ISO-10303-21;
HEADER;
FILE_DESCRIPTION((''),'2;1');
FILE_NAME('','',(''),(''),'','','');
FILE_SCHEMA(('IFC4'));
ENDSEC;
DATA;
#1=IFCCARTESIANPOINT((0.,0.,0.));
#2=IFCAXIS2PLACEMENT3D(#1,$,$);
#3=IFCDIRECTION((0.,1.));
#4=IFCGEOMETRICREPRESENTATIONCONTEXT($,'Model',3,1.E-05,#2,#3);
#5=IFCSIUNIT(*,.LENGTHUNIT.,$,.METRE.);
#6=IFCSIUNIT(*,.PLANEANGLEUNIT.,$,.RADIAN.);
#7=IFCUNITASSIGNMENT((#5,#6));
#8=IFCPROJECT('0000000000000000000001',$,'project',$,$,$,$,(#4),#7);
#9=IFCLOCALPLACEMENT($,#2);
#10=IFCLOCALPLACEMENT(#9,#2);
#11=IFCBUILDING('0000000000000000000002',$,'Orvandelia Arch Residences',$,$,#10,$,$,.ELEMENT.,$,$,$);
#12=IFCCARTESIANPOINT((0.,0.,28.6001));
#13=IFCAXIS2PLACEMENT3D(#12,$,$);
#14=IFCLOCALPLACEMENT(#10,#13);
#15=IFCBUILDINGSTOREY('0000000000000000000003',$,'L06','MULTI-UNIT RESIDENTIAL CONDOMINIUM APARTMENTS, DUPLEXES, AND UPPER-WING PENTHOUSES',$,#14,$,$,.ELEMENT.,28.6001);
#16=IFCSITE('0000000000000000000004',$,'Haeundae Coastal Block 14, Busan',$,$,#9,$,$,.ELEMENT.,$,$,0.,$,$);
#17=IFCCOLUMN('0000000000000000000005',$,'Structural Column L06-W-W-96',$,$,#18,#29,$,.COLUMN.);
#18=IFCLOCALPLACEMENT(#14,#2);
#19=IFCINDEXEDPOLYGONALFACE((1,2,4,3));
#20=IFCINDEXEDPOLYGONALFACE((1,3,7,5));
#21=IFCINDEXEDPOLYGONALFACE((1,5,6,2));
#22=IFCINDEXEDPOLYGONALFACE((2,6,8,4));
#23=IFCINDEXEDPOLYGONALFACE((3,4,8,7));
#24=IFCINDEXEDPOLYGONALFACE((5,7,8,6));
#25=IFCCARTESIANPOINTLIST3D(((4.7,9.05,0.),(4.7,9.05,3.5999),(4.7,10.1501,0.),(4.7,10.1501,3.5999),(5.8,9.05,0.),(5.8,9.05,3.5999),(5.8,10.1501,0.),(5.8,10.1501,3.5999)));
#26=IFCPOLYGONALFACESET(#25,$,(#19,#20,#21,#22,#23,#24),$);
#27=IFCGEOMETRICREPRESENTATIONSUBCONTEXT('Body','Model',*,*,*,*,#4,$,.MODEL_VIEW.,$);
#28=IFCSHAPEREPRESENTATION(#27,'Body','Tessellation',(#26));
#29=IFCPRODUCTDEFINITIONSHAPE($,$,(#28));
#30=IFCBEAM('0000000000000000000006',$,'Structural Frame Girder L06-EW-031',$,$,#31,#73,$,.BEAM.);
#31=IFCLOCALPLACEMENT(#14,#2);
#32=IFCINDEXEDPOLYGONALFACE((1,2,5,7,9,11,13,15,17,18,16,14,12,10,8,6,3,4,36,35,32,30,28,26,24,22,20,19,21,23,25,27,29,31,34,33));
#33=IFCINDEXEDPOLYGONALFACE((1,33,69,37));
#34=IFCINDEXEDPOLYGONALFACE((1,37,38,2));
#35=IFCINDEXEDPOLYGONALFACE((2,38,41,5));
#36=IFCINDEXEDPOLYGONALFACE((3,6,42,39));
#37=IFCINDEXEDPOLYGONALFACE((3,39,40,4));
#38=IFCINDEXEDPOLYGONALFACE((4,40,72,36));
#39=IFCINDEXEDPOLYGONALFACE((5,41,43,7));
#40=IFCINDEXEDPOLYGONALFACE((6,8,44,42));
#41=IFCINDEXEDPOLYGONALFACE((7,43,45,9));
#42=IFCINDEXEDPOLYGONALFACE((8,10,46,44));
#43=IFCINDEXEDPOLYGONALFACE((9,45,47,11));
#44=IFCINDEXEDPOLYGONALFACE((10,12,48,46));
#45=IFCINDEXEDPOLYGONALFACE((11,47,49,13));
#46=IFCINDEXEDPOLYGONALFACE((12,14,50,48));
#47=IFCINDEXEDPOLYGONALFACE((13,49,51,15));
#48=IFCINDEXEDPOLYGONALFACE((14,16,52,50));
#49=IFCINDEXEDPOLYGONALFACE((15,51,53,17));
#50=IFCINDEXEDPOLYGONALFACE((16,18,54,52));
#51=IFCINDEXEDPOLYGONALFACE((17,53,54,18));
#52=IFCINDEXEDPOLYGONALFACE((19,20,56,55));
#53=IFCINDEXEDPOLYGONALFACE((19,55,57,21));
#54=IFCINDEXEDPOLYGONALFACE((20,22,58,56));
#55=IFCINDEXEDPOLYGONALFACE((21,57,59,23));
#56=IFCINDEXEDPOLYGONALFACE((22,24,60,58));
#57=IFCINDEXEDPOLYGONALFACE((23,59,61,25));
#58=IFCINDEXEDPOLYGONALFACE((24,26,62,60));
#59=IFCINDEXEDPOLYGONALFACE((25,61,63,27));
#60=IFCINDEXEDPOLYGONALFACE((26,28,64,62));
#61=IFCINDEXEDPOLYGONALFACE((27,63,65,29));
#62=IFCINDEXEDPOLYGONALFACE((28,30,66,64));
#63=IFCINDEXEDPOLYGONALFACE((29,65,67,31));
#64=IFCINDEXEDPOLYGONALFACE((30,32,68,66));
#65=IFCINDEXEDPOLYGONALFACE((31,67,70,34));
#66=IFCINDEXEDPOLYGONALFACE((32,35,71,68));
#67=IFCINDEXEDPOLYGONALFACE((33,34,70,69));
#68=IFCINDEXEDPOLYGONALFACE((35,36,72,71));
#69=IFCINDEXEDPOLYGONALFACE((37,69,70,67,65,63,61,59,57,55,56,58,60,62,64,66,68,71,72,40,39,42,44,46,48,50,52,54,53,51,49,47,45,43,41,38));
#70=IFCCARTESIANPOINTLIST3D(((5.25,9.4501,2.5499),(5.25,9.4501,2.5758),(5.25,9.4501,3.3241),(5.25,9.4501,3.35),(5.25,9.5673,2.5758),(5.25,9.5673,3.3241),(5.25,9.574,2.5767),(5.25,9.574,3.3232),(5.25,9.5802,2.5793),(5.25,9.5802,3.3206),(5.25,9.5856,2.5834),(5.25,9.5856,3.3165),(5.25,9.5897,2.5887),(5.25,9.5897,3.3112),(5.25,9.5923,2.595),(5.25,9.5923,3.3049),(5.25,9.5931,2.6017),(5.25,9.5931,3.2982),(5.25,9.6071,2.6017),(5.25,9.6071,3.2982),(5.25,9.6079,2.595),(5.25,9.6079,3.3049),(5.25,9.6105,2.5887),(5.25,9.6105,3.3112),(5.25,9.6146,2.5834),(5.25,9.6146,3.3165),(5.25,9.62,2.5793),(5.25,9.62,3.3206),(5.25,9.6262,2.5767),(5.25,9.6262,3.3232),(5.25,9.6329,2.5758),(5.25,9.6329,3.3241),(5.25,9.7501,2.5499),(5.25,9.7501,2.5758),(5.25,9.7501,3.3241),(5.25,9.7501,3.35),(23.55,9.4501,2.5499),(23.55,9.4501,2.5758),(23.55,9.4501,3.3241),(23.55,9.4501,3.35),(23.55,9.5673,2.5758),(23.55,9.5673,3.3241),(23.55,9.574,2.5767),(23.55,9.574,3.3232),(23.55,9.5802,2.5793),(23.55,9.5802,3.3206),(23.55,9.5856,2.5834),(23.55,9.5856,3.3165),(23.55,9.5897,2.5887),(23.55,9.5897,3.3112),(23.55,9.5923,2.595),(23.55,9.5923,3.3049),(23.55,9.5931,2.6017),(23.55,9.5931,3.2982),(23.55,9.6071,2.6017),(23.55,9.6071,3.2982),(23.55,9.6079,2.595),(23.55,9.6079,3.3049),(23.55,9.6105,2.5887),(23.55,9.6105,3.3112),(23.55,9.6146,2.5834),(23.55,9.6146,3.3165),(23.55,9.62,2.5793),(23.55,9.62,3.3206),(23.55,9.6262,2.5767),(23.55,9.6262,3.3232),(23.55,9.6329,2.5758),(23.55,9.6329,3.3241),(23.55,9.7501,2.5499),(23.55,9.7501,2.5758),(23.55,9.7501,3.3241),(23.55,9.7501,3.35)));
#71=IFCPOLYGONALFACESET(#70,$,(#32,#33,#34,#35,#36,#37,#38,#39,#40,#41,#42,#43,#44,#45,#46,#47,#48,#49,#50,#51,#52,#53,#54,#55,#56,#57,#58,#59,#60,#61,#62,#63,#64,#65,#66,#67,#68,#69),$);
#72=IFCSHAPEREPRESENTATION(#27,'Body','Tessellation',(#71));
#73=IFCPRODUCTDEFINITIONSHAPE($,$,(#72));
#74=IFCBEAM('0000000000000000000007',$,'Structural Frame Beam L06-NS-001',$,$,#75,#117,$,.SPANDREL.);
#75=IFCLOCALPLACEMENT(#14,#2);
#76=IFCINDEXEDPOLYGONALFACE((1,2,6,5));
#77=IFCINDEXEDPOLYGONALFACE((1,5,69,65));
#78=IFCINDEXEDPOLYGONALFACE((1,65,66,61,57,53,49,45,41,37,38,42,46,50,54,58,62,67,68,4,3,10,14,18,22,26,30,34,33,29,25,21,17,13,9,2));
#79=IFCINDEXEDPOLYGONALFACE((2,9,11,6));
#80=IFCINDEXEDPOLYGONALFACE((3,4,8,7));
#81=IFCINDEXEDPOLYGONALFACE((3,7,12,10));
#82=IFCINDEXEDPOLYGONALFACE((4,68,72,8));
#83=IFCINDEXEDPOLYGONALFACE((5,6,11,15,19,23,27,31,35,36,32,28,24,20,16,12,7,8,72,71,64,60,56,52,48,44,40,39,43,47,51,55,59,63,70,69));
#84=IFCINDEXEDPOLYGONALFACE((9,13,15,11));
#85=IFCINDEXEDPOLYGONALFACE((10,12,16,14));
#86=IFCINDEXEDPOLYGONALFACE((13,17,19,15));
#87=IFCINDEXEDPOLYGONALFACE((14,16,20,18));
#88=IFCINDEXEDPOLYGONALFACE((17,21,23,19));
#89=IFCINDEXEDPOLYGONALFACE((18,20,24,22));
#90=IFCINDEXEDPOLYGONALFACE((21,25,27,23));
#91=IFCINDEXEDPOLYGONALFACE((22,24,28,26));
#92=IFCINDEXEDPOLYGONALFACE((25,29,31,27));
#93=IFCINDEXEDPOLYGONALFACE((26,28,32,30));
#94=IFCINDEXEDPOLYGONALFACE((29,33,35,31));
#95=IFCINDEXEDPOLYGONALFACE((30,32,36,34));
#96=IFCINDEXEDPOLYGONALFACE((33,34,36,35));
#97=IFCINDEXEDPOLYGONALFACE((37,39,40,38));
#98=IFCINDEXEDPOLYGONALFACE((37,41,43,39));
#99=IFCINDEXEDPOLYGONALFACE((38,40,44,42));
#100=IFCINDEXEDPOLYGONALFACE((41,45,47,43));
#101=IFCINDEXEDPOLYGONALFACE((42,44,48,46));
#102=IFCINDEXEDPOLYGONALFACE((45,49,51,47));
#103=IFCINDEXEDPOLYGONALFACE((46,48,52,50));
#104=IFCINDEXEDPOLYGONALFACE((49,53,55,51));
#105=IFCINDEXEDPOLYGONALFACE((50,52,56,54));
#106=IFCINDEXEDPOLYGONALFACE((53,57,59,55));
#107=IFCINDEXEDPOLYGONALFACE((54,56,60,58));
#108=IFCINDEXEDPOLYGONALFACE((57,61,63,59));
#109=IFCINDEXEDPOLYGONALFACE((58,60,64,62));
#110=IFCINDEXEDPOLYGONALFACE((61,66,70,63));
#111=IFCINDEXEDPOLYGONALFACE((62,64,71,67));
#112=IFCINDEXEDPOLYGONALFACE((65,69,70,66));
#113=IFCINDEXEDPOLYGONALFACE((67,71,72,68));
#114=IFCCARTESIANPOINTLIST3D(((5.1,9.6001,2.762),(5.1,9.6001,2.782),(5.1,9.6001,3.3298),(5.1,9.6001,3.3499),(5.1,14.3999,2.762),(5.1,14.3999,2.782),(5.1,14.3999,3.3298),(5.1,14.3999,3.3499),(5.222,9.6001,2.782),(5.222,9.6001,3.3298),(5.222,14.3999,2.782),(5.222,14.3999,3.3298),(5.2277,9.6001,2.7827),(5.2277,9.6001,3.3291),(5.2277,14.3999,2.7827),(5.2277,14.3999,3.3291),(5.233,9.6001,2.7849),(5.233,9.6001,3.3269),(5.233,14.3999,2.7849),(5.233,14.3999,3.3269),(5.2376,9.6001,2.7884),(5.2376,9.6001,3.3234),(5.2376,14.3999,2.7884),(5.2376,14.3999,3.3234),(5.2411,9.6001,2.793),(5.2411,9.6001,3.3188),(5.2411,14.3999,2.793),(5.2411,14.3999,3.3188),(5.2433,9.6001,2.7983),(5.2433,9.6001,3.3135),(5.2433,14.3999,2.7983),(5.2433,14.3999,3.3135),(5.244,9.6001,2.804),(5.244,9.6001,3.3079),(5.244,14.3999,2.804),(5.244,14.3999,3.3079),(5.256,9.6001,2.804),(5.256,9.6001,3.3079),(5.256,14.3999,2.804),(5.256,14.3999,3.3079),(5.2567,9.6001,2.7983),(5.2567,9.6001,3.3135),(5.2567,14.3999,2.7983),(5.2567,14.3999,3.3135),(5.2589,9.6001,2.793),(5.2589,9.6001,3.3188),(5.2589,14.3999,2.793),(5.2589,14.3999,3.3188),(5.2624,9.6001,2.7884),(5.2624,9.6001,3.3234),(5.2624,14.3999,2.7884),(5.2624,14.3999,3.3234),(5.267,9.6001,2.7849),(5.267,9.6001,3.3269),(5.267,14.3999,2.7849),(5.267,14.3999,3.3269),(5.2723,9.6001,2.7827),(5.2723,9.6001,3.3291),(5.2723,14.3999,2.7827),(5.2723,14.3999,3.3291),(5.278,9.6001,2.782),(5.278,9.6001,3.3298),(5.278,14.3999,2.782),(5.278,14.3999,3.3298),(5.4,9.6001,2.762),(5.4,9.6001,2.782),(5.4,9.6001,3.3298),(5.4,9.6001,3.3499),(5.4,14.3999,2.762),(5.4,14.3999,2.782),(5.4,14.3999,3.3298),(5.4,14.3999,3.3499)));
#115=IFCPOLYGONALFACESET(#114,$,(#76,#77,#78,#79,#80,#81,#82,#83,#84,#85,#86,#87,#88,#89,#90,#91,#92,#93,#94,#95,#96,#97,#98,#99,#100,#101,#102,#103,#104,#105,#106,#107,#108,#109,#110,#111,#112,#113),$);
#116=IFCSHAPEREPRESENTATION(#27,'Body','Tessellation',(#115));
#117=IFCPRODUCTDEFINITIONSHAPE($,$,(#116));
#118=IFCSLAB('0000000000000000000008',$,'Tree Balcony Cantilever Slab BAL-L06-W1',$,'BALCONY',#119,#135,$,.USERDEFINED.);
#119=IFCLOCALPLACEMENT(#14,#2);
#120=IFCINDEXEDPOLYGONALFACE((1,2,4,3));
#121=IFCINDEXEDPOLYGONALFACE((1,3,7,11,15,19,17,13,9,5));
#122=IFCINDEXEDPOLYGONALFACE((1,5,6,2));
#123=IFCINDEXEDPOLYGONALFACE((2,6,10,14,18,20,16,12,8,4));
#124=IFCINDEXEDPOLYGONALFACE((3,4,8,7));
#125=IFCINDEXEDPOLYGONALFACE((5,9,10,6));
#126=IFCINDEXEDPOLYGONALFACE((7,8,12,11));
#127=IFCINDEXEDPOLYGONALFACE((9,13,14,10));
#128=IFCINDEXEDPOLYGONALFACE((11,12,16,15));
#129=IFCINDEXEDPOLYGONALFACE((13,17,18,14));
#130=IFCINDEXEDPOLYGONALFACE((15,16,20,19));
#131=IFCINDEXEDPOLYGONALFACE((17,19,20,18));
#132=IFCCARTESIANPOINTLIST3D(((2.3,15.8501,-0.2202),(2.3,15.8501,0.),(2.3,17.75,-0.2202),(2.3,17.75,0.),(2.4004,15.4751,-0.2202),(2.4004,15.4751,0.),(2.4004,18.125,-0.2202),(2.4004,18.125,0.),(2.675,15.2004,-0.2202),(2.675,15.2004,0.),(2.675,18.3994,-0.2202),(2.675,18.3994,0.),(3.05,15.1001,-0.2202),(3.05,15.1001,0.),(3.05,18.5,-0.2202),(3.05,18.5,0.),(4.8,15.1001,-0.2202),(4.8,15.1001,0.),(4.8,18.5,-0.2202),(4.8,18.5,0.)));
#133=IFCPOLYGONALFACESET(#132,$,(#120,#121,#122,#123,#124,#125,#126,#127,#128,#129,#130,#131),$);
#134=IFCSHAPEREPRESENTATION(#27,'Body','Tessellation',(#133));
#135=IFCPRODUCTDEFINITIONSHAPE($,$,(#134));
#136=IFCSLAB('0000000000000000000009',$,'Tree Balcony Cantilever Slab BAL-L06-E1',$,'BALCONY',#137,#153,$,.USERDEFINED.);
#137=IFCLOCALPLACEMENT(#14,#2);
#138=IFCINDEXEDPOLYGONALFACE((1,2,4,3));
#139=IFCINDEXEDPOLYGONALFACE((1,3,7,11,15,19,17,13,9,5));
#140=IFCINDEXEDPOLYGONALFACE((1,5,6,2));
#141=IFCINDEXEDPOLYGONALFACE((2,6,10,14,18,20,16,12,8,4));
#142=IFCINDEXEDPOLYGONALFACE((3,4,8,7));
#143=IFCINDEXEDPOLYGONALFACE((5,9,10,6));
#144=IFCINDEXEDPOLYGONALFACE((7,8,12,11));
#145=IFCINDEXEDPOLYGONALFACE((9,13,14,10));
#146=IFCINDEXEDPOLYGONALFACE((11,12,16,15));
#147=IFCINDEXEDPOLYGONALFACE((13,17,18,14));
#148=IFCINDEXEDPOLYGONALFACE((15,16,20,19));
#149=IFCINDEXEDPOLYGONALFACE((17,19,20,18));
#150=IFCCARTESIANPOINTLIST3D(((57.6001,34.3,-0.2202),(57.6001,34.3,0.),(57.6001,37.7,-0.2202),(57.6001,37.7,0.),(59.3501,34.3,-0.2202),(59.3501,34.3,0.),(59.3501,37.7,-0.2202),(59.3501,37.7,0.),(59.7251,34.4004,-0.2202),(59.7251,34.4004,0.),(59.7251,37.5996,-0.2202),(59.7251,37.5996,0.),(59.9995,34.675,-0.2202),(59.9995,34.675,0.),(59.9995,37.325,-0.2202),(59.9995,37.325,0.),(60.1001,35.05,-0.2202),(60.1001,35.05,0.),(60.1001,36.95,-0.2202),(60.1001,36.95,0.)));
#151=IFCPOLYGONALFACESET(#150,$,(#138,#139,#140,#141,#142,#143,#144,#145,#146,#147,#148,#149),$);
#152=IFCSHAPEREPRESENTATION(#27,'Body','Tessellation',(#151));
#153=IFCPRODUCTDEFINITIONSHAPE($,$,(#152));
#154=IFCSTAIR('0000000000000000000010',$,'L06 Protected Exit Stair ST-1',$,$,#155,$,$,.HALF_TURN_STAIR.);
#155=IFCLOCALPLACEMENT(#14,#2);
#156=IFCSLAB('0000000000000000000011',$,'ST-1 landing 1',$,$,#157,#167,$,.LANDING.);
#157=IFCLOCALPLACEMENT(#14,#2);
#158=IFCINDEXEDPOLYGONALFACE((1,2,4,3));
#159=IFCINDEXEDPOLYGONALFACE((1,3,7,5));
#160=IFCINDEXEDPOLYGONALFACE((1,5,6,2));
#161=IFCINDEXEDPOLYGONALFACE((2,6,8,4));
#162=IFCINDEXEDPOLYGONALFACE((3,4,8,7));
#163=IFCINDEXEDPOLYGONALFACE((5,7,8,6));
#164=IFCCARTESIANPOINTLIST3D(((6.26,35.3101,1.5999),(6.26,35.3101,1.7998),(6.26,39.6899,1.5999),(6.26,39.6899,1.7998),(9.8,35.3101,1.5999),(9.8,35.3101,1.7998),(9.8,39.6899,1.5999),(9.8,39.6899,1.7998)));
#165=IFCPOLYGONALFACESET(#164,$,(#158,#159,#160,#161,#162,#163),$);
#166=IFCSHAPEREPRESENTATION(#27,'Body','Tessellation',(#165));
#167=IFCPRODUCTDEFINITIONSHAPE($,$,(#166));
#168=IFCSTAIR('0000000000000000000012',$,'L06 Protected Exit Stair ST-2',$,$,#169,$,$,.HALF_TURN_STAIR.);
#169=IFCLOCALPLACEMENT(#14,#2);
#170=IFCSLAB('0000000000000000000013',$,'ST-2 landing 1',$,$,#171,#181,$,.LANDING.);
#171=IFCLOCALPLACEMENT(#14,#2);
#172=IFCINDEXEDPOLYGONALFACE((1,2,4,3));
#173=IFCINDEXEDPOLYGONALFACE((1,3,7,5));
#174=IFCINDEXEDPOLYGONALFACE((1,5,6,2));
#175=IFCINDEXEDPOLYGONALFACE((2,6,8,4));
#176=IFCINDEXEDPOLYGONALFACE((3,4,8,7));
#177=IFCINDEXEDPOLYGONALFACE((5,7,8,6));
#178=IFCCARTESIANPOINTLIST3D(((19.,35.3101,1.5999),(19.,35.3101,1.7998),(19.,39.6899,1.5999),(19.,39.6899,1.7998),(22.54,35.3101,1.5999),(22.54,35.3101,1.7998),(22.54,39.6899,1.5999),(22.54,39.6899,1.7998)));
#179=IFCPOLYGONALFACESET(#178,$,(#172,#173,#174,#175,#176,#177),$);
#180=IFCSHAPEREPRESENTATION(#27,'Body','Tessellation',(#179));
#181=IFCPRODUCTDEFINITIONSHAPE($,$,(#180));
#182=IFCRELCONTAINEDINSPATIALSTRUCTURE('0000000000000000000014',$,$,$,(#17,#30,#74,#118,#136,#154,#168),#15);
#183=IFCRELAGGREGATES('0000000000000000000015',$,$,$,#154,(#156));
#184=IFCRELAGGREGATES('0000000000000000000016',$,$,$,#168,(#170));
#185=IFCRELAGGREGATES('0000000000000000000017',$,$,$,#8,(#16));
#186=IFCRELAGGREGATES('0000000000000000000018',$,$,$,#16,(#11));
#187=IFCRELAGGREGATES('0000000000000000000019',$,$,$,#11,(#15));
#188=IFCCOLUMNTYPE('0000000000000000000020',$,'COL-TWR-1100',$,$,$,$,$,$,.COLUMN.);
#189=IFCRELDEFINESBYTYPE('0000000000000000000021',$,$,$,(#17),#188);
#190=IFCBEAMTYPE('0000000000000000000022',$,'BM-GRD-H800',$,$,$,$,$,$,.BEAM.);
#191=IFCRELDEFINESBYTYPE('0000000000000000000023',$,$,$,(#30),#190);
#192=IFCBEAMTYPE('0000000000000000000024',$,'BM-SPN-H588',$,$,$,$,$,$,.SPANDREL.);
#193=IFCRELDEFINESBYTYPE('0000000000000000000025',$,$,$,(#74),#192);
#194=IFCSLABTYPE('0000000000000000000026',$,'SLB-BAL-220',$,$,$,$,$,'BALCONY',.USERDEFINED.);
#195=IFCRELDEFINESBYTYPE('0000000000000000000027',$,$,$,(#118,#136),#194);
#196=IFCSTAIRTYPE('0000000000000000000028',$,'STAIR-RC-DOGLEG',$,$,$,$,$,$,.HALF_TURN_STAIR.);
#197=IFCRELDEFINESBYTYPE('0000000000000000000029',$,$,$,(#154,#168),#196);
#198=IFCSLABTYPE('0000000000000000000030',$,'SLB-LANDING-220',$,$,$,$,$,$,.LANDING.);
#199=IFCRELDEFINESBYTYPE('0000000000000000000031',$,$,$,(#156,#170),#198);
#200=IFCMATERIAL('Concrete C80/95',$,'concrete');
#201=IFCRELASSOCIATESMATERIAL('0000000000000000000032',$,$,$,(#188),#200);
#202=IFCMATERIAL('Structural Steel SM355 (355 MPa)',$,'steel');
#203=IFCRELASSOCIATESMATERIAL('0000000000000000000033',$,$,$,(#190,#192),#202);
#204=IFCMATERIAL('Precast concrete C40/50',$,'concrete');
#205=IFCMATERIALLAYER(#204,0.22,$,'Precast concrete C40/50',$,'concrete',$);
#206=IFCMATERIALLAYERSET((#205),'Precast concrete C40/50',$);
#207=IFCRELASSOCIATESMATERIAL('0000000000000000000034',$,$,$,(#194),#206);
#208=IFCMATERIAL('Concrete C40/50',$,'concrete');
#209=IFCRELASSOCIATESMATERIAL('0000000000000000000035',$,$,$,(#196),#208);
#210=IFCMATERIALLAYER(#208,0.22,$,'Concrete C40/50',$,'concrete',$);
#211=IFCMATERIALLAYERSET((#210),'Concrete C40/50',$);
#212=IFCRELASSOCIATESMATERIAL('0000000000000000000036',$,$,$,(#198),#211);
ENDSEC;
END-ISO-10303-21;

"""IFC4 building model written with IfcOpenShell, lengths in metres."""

from ifc_helpers import new_model, si_unit, direction, frame, origin, origin_2d, place, context, subcontext, project, spatial, polyline, rectangle, i_section, outline, extrude, material, layer, layer_set, material_profile, profile_set, type_object, element, aggregate, save


model = new_model("IFC4")

# Units and contexts
model_context = context("Model", 3, precision=1e-05, world=origin(), true_north=direction((0.0, 1.0)))
body_context = subcontext(model_context, "Body", "Model", "MODEL_VIEW")
ifc_project = project(units=[si_unit("LENGTHUNIT", "METRE"), si_unit("PLANEANGLEUNIT", "RADIAN")], contexts=[model_context])

# Site, building, storey
site_placement = place(None, origin())
site = spatial("IfcSite", under=ifc_project, at=site_placement, Name="Haeundae Coastal Block 14, Busan", CompositionType="ELEMENT", RefElevation=0.0)
building_placement = place(site_placement, origin())
building = spatial("IfcBuilding", under=site, at=building_placement, Name="Orvandelia Arch Residences", CompositionType="ELEMENT")
storey_placement = place(building_placement, frame((0.0, 0.0, 28.6001)))
storey = spatial("IfcBuildingStorey", under=building, at=storey_placement, Name="L06", Description="MULTI-UNIT RESIDENTIAL CONDOMINIUM APARTMENTS, DUPLEXES, AND UPPER-WING PENTHOUSES", CompositionType="ELEMENT", Elevation=28.6001)

# Column
ifc_material_1 = material(Name="Concrete C80/95", Category="concrete")
ifc_material_profile_1 = material_profile(ifc_material_1, rectangle(XDim=1.1001, YDim=1.1001, at=origin_2d()), Name="Concrete C80/95", Category="concrete")
ifc_profile_set_1 = profile_set([ifc_material_profile_1], Name="Concrete C80/95")
column_type = type_object("IfcColumnType", Name="COL-TWR-1100", PredefinedType="COLUMN", material=ifc_profile_set_1)
column_placement = place(storey_placement, frame((5.25, 9.6001, 0.0), z_axis=(0.0, 0.0, 1.0), x_axis=(1.0, 0.0, 0.0)))
element("IfcColumn", 1, at=column_placement, inside=storey, type_object=column_type, Name="Structural Column L06-W-W-96", PredefinedType="COLUMN", context=body_context, shape_type="SweptSolid", body=[
    extrude(rectangle(XDim=1.1001, YDim=1.1001, at=origin_2d()), origin(), (0.0, 0.0, 1.0), 3.5999),
])

# Beams
ifc_material_2 = material(Name="Structural Steel SM355 (355 MPa)", Category="steel")
ifc_material_profile_2 = material_profile(ifc_material_2, i_section(OverallWidth=0.3, OverallDepth=0.8, WebThickness=0.0139, FlangeThickness=0.0259, FilletRadius=0.0259, at=origin_2d()), Name="Structural Steel SM355 (355 MPa)", Category="steel")
ifc_profile_set_2 = profile_set([ifc_material_profile_2], Name="Structural Steel SM355 (355 MPa)")
beam_type_1 = type_object("IfcBeamType", Name="BM-GRD-H800", PredefinedType="BEAM", material=ifc_profile_set_2)
beam_1_placement = place(storey_placement, frame((5.25, 9.6001, 2.95), z_axis=(1.0, 0.0, 0.0), x_axis=(0.0, 1.0, 0.0)))
element("IfcBeam", 2, at=beam_1_placement, inside=storey, type_object=beam_type_1, Name="Structural Frame Girder L06-EW-031", PredefinedType="BEAM", context=body_context, shape_type="SweptSolid", body=[
    extrude(i_section(OverallWidth=0.3, OverallDepth=0.8, WebThickness=0.0139, FlangeThickness=0.0259, FilletRadius=0.0259, at=origin_2d()), origin(), (0.0, 0.0, 1.0), 18.3),
])
ifc_material_profile_3 = material_profile(ifc_material_2, i_section(OverallWidth=0.3, OverallDepth=0.5879, WebThickness=0.012, FlangeThickness=0.02, FilletRadius=0.022, at=origin_2d()), Name="Structural Steel SM355 (355 MPa)", Category="steel")
ifc_profile_set_3 = profile_set([ifc_material_profile_3], Name="Structural Steel SM355 (355 MPa)")
beam_type_2 = type_object("IfcBeamType", Name="BM-SPN-H588", PredefinedType="SPANDREL", material=ifc_profile_set_3)
beam_2_placement = place(storey_placement, frame((5.25, 9.6001, 3.0559), z_axis=(0.0, 1.0, 0.0), x_axis=(-1.0, 0.0, 0.0)))
element("IfcBeam", 3, at=beam_2_placement, inside=storey, type_object=beam_type_2, Name="Structural Frame Beam L06-NS-001", PredefinedType="SPANDREL", context=body_context, shape_type="SweptSolid", body=[
    extrude(i_section(OverallWidth=0.3, OverallDepth=0.5879, WebThickness=0.012, FlangeThickness=0.02, FilletRadius=0.022, at=origin_2d()), origin(), (0.0, 0.0, 1.0), 4.7998),
])

# Slabs
ifc_material_3 = material(Name="Precast concrete C40/50", Category="concrete")
ifc_layer_1 = layer(ifc_material_3, 0.22, Name="Precast concrete C40/50", Category="concrete")
ifc_layer_set_1 = layer_set([ifc_layer_1], Name="Precast concrete C40/50")
slab_type_1 = type_object("IfcSlabType", Name="SLB-BAL-220", ElementType="BALCONY", PredefinedType="USERDEFINED", material=ifc_layer_set_1)
slab_1_placement = place(storey_placement, frame((0.0, 0.0, -0.2202)))
element("IfcSlab", 4, at=slab_1_placement, inside=storey, type_object=slab_type_1, Name="Tree Balcony Cantilever Slab BAL-L06-W1", ObjectType="BALCONY", PredefinedType="USERDEFINED", context=body_context, shape_type="SweptSolid", body=[
    extrude(outline(polyline([(4.8, 15.1001), (4.8, 18.5), (3.05, 18.5), (2.675, 18.3994), (2.4004, 18.125), (2.3, 17.75), (2.3, 15.8501), (2.4004, 15.4751), (2.675, 15.2004), (3.05, 15.1001), (4.8, 15.1001)])), origin(), (0.0, 0.0, 1.0), 0.2202),
])
slab_2_placement = place(storey_placement, frame((0.0, 0.0, -0.2202)))
element("IfcSlab", 5, at=slab_2_placement, inside=storey, type_object=slab_type_1, Name="Tree Balcony Cantilever Slab BAL-L06-E1", ObjectType="BALCONY", PredefinedType="USERDEFINED", context=body_context, shape_type="SweptSolid", body=[
    extrude(outline(polyline([(57.6001, 37.7), (57.6001, 34.3), (59.3501, 34.3), (59.7251, 34.4004), (59.9995, 34.675), (60.1001, 35.05), (60.1001, 36.95), (59.9995, 37.325), (59.7251, 37.5996), (59.3501, 37.7), (57.6001, 37.7)])), origin(), (0.0, 0.0, 1.0), 0.2202),
])

# Stairs, slabs
ifc_material_4 = material(Name="Concrete C40/50", Category="concrete")
stair_type = type_object("IfcStairType", Name="STAIR-RC-DOGLEG", PredefinedType="HALF_TURN_STAIR", material=ifc_material_4)
stair_1_placement = place(storey_placement, origin())
stair_1 = element("IfcStair", 6, at=stair_1_placement, inside=storey, type_object=stair_type, Name="L06 Protected Exit Stair ST-1", PredefinedType="HALF_TURN_STAIR")
ifc_layer_2 = layer(ifc_material_4, 0.22, Name="Concrete C40/50", Category="concrete")
ifc_layer_set_2 = layer_set([ifc_layer_2], Name="Concrete C40/50")
slab_type_2 = type_object("IfcSlabType", Name="SLB-LANDING-220", PredefinedType="LANDING", material=ifc_layer_set_2)
slab_3_placement = place(storey_placement, frame((0.0, 0.0, 1.5999)))
slab_3 = element("IfcSlab", 7, at=slab_3_placement, type_object=slab_type_2, Name="ST-1 landing 1", PredefinedType="LANDING", context=body_context, shape_type="SweptSolid", body=[
    extrude(outline(polyline([(9.8, 35.3101), (9.8, 39.6899), (6.26, 39.6899), (6.26, 35.3101), (9.8, 35.3101)])), origin(), (0.0, 0.0, 1.0), 0.2),
])
aggregate(stair_1, [slab_3])
stair_2_placement = place(storey_placement, origin())
stair_2 = element("IfcStair", 8, at=stair_2_placement, inside=storey, type_object=stair_type, Name="L06 Protected Exit Stair ST-2", PredefinedType="HALF_TURN_STAIR")
slab_4_placement = place(storey_placement, frame((0.0, 0.0, 1.5999)))
slab_4 = element("IfcSlab", 9, at=slab_4_placement, type_object=slab_type_2, Name="ST-2 landing 1", PredefinedType="LANDING", context=body_context, shape_type="SweptSolid", body=[
    extrude(outline(polyline([(22.54, 35.3101), (22.54, 39.6899), (19.0, 39.6899), (19.0, 35.3101), (22.54, 35.3101)])), origin(), (0.0, 0.0, 1.0), 0.2),
])
aggregate(stair_2, [slab_4])

save(model, "model.ifc")
